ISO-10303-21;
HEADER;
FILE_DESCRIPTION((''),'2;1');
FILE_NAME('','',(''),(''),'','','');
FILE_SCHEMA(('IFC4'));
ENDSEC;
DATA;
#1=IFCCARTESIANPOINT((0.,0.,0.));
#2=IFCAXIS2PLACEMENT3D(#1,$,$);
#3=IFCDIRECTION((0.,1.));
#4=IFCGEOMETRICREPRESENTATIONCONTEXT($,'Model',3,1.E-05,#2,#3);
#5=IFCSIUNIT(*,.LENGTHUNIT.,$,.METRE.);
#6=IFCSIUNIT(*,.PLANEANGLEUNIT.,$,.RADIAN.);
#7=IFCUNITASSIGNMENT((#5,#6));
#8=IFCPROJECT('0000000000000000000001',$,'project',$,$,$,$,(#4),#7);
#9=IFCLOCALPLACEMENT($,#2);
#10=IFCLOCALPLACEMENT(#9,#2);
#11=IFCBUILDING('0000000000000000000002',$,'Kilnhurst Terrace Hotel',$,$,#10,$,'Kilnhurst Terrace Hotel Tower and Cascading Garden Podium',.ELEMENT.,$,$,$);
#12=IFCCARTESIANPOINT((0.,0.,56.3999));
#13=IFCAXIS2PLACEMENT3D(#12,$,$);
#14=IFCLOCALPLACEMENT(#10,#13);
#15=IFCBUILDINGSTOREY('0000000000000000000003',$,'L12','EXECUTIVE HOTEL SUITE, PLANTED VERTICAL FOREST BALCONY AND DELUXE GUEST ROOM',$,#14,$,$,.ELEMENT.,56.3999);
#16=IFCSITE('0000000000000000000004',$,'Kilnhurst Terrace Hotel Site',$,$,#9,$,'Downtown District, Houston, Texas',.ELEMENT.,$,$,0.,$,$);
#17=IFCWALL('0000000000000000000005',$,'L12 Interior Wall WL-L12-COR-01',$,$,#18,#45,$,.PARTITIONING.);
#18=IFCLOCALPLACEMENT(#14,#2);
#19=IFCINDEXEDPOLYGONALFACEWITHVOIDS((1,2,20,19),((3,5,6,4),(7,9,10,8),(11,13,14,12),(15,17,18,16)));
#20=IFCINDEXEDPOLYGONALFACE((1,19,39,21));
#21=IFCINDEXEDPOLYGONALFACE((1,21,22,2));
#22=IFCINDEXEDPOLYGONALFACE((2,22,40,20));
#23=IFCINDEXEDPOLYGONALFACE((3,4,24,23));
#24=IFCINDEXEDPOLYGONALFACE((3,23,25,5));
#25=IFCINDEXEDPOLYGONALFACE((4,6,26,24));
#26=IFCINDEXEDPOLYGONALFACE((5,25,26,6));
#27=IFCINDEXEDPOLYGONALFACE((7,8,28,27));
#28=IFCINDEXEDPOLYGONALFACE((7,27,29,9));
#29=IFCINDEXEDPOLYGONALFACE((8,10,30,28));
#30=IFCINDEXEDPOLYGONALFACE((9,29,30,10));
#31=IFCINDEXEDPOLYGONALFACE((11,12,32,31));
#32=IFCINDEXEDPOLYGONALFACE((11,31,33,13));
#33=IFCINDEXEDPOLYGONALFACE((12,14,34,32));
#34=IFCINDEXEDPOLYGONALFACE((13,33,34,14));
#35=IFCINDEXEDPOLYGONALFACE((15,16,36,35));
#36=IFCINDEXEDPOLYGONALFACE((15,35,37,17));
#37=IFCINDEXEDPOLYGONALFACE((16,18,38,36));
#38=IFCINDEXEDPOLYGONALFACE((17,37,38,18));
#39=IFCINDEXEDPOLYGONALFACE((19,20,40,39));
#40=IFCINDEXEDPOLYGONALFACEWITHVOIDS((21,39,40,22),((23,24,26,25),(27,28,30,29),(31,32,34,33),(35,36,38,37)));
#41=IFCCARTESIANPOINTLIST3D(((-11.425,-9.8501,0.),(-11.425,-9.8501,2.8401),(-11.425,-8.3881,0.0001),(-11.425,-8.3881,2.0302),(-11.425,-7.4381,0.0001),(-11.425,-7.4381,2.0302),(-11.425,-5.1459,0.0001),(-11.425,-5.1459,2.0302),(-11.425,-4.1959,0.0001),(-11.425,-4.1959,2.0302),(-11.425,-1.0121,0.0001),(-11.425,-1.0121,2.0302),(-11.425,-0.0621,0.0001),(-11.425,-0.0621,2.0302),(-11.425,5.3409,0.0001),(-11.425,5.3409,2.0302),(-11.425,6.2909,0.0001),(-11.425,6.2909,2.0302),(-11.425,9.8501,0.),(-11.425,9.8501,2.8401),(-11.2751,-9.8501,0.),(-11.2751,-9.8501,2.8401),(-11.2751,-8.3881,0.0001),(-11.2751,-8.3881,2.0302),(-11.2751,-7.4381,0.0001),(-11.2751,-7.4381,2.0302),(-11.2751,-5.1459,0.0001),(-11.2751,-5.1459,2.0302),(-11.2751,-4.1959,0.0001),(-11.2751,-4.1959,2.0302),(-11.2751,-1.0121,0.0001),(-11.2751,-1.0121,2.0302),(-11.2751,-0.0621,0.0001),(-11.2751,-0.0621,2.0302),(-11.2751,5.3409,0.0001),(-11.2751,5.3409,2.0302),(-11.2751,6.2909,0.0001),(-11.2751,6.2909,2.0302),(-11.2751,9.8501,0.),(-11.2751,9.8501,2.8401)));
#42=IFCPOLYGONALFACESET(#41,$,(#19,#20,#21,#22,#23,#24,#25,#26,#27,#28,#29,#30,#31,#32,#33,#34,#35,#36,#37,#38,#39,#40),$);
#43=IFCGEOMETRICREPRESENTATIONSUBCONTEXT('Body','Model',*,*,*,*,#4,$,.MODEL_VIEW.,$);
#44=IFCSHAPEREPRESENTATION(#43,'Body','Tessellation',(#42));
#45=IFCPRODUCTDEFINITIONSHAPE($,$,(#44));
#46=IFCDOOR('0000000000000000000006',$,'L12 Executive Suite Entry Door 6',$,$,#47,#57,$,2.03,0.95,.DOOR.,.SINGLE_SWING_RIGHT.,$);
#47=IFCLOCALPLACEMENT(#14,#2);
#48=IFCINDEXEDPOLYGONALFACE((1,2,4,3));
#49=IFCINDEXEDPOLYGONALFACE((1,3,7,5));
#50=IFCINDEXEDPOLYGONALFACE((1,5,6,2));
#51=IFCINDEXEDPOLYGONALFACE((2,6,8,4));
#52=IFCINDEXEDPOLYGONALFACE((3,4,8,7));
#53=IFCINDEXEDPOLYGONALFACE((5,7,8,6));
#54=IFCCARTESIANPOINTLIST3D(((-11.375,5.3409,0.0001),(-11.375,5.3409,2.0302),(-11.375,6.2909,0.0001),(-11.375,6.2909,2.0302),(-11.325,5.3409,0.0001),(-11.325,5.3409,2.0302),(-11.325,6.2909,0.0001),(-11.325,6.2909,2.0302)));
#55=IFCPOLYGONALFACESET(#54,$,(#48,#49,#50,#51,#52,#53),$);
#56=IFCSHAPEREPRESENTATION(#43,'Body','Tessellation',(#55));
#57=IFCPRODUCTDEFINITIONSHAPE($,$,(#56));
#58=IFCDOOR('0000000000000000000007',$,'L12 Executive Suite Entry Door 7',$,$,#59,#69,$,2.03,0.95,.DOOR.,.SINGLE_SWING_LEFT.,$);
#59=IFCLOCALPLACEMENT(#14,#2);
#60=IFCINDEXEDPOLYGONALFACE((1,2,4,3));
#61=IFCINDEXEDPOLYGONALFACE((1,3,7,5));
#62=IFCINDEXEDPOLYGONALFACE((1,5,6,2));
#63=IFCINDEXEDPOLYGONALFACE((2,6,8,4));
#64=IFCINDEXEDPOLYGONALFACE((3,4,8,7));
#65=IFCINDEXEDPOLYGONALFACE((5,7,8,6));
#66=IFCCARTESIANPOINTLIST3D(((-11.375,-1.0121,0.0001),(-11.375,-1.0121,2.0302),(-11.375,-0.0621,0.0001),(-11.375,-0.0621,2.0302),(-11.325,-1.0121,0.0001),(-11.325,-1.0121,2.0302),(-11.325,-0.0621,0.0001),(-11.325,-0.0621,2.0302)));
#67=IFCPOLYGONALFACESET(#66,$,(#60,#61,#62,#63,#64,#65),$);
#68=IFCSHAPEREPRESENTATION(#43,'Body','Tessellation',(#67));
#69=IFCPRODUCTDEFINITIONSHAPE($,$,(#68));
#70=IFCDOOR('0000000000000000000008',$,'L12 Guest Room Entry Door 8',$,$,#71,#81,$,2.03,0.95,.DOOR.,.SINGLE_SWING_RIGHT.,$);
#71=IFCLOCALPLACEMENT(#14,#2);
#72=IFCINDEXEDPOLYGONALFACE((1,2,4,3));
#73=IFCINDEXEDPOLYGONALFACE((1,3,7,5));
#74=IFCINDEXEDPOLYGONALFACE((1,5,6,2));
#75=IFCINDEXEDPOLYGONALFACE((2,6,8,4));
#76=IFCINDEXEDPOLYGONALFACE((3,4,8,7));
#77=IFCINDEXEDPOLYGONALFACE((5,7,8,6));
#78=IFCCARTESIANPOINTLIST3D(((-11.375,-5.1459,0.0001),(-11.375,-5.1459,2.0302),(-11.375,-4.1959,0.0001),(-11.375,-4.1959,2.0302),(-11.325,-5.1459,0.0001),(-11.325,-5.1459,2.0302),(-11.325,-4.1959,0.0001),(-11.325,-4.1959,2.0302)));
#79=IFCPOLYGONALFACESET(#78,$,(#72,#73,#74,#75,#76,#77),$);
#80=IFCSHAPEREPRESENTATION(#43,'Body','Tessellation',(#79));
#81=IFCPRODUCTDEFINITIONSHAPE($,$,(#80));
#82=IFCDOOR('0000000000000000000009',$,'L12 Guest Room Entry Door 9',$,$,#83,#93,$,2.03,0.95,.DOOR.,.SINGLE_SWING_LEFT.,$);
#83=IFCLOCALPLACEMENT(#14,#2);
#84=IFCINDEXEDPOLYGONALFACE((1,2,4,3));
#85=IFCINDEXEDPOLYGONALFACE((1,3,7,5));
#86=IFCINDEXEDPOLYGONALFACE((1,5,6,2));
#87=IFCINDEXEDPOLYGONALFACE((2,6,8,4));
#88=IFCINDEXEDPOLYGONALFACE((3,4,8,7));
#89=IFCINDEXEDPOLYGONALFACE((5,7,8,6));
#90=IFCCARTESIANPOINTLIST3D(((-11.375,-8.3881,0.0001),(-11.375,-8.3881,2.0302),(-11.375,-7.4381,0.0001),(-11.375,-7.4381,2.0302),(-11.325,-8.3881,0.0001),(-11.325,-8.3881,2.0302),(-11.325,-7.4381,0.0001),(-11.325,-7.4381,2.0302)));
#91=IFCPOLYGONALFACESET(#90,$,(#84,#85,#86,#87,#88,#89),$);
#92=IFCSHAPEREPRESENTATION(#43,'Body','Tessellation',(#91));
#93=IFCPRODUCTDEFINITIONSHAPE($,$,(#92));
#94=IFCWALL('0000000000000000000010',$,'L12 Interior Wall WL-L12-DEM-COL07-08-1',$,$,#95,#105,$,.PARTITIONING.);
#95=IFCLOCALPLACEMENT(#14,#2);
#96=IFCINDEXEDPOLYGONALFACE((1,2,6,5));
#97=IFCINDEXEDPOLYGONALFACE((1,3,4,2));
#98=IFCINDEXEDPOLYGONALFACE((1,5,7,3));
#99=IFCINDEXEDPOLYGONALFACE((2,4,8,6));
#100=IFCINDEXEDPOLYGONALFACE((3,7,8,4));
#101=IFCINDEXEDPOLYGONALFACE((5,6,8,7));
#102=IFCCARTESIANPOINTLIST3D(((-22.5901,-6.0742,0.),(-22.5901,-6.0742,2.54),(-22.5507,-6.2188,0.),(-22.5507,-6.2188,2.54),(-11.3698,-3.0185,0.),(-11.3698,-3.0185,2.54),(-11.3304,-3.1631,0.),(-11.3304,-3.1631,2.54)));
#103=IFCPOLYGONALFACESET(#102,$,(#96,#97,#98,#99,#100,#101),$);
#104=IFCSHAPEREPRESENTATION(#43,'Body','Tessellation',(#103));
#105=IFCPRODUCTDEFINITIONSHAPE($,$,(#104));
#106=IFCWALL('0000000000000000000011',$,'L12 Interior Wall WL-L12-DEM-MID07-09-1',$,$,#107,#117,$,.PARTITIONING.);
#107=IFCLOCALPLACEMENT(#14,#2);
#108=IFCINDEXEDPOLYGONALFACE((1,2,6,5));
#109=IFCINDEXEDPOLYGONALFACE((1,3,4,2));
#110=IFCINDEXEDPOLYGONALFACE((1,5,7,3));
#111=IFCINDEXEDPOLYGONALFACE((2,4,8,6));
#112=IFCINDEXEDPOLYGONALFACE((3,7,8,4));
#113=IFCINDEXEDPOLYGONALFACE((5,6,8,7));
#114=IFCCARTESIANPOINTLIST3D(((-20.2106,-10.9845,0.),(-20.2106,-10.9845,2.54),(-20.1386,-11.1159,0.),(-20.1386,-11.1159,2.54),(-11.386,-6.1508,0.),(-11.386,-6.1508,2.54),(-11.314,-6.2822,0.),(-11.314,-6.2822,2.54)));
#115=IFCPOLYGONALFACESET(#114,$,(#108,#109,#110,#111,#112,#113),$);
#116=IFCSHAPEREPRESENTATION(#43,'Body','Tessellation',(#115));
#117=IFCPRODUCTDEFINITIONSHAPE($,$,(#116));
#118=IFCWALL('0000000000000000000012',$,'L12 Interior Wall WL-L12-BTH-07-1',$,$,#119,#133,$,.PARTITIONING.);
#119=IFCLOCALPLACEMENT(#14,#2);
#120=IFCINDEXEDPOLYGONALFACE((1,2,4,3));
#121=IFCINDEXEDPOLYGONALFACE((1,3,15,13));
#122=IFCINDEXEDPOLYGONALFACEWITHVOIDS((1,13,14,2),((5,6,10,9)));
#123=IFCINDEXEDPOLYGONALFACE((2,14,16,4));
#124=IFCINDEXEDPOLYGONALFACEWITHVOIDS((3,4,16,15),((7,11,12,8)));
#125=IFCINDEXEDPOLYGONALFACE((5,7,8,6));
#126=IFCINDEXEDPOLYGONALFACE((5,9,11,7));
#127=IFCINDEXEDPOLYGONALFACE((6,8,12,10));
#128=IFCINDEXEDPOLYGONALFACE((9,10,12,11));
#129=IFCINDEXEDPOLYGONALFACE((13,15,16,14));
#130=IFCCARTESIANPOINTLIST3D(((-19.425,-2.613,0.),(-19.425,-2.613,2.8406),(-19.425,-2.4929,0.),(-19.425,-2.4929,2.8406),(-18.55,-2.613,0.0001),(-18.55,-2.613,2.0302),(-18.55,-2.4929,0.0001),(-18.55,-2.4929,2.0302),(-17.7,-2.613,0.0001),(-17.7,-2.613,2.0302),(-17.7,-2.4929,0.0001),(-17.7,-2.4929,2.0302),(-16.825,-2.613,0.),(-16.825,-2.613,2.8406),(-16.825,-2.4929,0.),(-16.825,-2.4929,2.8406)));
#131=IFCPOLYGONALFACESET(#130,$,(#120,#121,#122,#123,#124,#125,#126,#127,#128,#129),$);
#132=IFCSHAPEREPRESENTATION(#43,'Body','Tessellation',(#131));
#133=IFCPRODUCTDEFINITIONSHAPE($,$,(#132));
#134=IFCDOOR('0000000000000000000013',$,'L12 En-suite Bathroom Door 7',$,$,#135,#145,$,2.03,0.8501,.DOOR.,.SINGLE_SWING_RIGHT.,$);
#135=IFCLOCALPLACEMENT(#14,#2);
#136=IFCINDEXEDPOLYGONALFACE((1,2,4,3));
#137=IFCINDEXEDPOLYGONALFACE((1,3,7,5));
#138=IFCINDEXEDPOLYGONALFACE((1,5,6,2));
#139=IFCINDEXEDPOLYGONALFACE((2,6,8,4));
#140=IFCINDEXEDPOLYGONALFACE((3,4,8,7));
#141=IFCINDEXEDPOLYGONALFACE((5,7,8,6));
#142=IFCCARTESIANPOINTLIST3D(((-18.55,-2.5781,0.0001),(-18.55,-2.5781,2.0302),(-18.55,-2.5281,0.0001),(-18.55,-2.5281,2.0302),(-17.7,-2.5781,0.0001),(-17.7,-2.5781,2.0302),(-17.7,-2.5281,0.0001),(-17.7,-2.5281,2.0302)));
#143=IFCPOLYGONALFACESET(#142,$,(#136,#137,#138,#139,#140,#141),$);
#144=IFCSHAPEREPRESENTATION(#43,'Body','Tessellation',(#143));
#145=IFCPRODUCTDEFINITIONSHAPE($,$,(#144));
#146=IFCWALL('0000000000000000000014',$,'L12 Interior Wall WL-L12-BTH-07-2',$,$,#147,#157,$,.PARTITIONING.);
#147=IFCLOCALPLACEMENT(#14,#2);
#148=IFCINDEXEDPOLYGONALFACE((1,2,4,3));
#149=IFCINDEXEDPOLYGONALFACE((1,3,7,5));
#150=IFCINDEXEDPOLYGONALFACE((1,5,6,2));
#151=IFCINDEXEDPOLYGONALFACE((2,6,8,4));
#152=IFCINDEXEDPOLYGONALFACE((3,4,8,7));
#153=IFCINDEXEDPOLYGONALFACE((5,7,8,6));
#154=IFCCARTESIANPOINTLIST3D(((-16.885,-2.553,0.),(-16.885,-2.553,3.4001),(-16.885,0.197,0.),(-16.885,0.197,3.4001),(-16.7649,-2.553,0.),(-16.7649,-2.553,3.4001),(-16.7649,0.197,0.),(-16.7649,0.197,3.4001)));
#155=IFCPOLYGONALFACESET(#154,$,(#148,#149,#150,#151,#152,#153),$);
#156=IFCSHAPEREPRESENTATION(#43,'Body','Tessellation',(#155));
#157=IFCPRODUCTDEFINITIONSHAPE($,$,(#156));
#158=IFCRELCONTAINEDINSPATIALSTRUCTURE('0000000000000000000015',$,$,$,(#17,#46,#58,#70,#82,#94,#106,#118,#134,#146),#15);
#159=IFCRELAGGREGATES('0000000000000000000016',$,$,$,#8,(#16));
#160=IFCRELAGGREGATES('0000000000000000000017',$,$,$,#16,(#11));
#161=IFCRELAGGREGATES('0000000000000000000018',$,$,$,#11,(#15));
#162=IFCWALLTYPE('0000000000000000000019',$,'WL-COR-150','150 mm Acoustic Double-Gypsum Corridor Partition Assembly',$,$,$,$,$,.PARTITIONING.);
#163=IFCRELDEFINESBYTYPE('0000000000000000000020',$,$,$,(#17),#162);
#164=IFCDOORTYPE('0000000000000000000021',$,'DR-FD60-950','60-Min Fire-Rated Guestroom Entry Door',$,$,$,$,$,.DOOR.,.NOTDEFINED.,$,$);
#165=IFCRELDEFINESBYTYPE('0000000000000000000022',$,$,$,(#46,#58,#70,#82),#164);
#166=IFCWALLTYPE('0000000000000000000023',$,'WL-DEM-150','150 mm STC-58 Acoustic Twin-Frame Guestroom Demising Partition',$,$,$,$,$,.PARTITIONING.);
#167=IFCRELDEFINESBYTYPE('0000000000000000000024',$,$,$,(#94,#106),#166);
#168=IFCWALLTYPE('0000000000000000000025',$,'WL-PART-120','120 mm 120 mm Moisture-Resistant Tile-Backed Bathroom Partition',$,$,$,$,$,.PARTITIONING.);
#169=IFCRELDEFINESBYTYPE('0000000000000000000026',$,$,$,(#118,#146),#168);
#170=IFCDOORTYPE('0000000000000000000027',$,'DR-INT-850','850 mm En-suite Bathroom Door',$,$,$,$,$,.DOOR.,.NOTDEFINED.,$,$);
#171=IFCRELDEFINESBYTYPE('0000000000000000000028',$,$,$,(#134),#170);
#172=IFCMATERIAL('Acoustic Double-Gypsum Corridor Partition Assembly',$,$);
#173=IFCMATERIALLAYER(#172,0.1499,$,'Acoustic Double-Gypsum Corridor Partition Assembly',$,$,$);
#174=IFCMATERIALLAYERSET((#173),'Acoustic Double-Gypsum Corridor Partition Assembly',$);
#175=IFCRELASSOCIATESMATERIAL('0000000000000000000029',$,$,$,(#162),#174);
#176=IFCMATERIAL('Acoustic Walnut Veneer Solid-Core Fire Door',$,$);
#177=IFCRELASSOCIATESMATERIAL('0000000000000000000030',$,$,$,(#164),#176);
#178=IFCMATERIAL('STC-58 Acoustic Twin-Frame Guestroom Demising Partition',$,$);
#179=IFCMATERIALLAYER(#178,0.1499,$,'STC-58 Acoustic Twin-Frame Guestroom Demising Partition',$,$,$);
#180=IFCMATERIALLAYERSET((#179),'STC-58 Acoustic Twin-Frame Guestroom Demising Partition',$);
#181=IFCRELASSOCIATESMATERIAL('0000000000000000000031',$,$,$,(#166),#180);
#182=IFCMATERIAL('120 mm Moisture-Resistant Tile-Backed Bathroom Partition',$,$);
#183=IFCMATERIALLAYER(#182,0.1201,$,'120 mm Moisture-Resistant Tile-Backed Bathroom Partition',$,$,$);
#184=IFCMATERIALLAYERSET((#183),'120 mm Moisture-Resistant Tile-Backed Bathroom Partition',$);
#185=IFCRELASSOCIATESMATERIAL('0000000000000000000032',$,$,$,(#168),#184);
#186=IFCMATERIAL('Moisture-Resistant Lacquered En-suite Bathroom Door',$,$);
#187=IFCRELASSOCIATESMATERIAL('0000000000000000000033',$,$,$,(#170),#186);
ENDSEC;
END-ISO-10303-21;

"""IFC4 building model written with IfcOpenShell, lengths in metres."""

from ifc_helpers import new_model, si_unit, direction, frame, frame_2d, origin, place, context, subcontext, project, spatial, rectangle, extrude, material, layer, layer_set, type_object, element, fill, save


model = new_model("IFC4")

# Units and contexts
model_context = context("Model", 3, precision=1e-05, world=origin(), true_north=direction((0.0, 1.0)))
body_context = subcontext(model_context, "Body", "Model", "MODEL_VIEW")
ifc_project = project(units=[si_unit("LENGTHUNIT", "METRE"), si_unit("PLANEANGLEUNIT", "RADIAN")], contexts=[model_context])

# Site, building, storey
site_placement = place(None, origin())
site = spatial("IfcSite", under=ifc_project, at=site_placement, Name="Kilnhurst Terrace Hotel Site", LongName="Downtown District, Houston, Texas", CompositionType="ELEMENT", RefElevation=0.0)
building_placement = place(site_placement, origin())
building = spatial("IfcBuilding", under=site, at=building_placement, Name="Kilnhurst Terrace Hotel", LongName="Kilnhurst Terrace Hotel Tower and Cascading Garden Podium", CompositionType="ELEMENT")
storey_placement = place(building_placement, frame((0.0, 0.0, 56.3999)))
storey = spatial("IfcBuildingStorey", under=building, at=storey_placement, Name="L12", Description="EXECUTIVE HOTEL SUITE, PLANTED VERTICAL FOREST BALCONY AND DELUXE GUEST ROOM", CompositionType="ELEMENT", Elevation=56.3999)

# Wall, openings, doors
ifc_material_1 = material(Name="Acoustic Double-Gypsum Corridor Partition Assembly")
ifc_layer_1 = layer(ifc_material_1, 0.1499, Name="Acoustic Double-Gypsum Corridor Partition Assembly")
ifc_layer_set_1 = layer_set([ifc_layer_1], Name="Acoustic Double-Gypsum Corridor Partition Assembly")
wall_type_1 = type_object("IfcWallType", Name="WL-COR-150", Description="150 mm Acoustic Double-Gypsum Corridor Partition Assembly", PredefinedType="PARTITIONING", material=ifc_layer_set_1)
wall_1_placement = place(storey_placement, frame((-11.3501, -9.8501, 0.0), z_axis=(0.0, 0.0, 1.0), x_axis=(0.0, 1.0, 0.0)))
wall_1 = element("IfcWall", 1, at=wall_1_placement, inside=storey, type_object=wall_type_1, Name="L12 Interior Wall WL-L12-COR-01", PredefinedType="PARTITIONING", context=body_context, shape_type="SweptSolid", body=[
    extrude(rectangle(XDim=19.7002, YDim=0.1499, at=frame_2d((9.8501, 0.0))), origin(), (0.0, 0.0, 1.0), 2.8401),
])
opening_1_placement = place(wall_1_placement, frame((15.1909, 0.0, 0.0)))
opening_1 = element("IfcOpeningElement", 2, at=opening_1_placement, cuts=wall_1, PredefinedType="OPENING", context=body_context, shape_type="SweptSolid", body=[
    extrude(rectangle(XDim=0.95, YDim=2.03, at=frame_2d((0.4751, 1.0151))), frame((0.0, 0.085, 0.0), z_axis=(0.0, -1.0, 0.0), x_axis=(1.0, 0.0, 0.0)), (0.0, 0.0, 1.0), 0.1699),
])
opening_2_placement = place(wall_1_placement, frame((8.8379, 0.0, 0.0)))
opening_2 = element("IfcOpeningElement", 3, at=opening_2_placement, cuts=wall_1, PredefinedType="OPENING", context=body_context, shape_type="SweptSolid", body=[
    extrude(rectangle(XDim=0.95, YDim=2.03, at=frame_2d((0.4751, 1.0151))), frame((0.0, 0.085, 0.0), z_axis=(0.0, -1.0, 0.0), x_axis=(1.0, 0.0, 0.0)), (0.0, 0.0, 1.0), 0.1699),
])
opening_3_placement = place(wall_1_placement, frame((4.7041, 0.0, 0.0)))
opening_3 = element("IfcOpeningElement", 4, at=opening_3_placement, cuts=wall_1, PredefinedType="OPENING", context=body_context, shape_type="SweptSolid", body=[
    extrude(rectangle(XDim=0.95, YDim=2.03, at=frame_2d((0.4751, 1.0151))), frame((0.0, 0.085, 0.0), z_axis=(0.0, -1.0, 0.0), x_axis=(1.0, 0.0, 0.0)), (0.0, 0.0, 1.0), 0.1699),
])
opening_4_placement = place(wall_1_placement, frame((1.4619, 0.0, 0.0)))
opening_4 = element("IfcOpeningElement", 5, at=opening_4_placement, cuts=wall_1, PredefinedType="OPENING", context=body_context, shape_type="SweptSolid", body=[
    extrude(rectangle(XDim=0.95, YDim=2.03, at=frame_2d((0.4751, 1.0151))), frame((0.0, 0.085, 0.0), z_axis=(0.0, -1.0, 0.0), x_axis=(1.0, 0.0, 0.0)), (0.0, 0.0, 1.0), 0.1699),
])
ifc_material_2 = material(Name="Acoustic Walnut Veneer Solid-Core Fire Door")
door_type_1 = type_object("IfcDoorType", Name="DR-FD60-950", Description="60-Min Fire-Rated Guestroom Entry Door", OperationType="NOTDEFINED", PredefinedType="DOOR", material=ifc_material_2)
door_1_placement = place(opening_1_placement, origin())
door_1 = element("IfcDoor", 6, at=door_1_placement, inside=storey, type_object=door_type_1, Name="L12 Executive Suite Entry Door 6", OperationType="SINGLE_SWING_RIGHT", OverallHeight=2.03, OverallWidth=0.95, PredefinedType="DOOR", context=body_context, shape_type="SweptSolid", body=[
    extrude(rectangle(XDim=0.95, YDim=2.03, at=frame_2d((0.4751, 1.0151))), frame((0.0, 0.0249, 0.0), z_axis=(0.0, -1.0, 0.0), x_axis=(1.0, 0.0, 0.0)), (0.0, 0.0, 1.0), 0.05),
])
fill(opening_1, door_1)
door_2_placement = place(opening_2_placement, origin())
door_2 = element("IfcDoor", 7, at=door_2_placement, inside=storey, type_object=door_type_1, Name="L12 Executive Suite Entry Door 7", OperationType="SINGLE_SWING_LEFT", OverallHeight=2.03, OverallWidth=0.95, PredefinedType="DOOR", context=body_context, shape_type="SweptSolid", body=[
    extrude(rectangle(XDim=0.95, YDim=2.03, at=frame_2d((0.4751, 1.0151))), frame((0.0, 0.0249, 0.0), z_axis=(0.0, -1.0, 0.0), x_axis=(1.0, 0.0, 0.0)), (0.0, 0.0, 1.0), 0.05),
])
fill(opening_2, door_2)
door_3_placement = place(opening_3_placement, origin())
door_3 = element("IfcDoor", 8, at=door_3_placement, inside=storey, type_object=door_type_1, Name="L12 Guest Room Entry Door 8", OperationType="SINGLE_SWING_RIGHT", OverallHeight=2.03, OverallWidth=0.95, PredefinedType="DOOR", context=body_context, shape_type="SweptSolid", body=[
    extrude(rectangle(XDim=0.95, YDim=2.03, at=frame_2d((0.4751, 1.0151))), frame((0.0, 0.0249, 0.0), z_axis=(0.0, -1.0, 0.0), x_axis=(1.0, 0.0, 0.0)), (0.0, 0.0, 1.0), 0.05),
])
fill(opening_3, door_3)
door_4_placement = place(opening_4_placement, origin())
door_4 = element("IfcDoor", 9, at=door_4_placement, inside=storey, type_object=door_type_1, Name="L12 Guest Room Entry Door 9", OperationType="SINGLE_SWING_LEFT", OverallHeight=2.03, OverallWidth=0.95, PredefinedType="DOOR", context=body_context, shape_type="SweptSolid", body=[
    extrude(rectangle(XDim=0.95, YDim=2.03, at=frame_2d((0.4751, 1.0151))), frame((0.0, 0.0249, 0.0), z_axis=(0.0, -1.0, 0.0), x_axis=(1.0, 0.0, 0.0)), (0.0, 0.0, 1.0), 0.05),
])
fill(opening_4, door_4)

# Walls
ifc_material_3 = material(Name="STC-58 Acoustic Twin-Frame Guestroom Demising Partition")
ifc_layer_2 = layer(ifc_material_3, 0.1499, Name="STC-58 Acoustic Twin-Frame Guestroom Demising Partition")
ifc_layer_set_2 = layer_set([ifc_layer_2], Name="STC-58 Acoustic Twin-Frame Guestroom Demising Partition")
wall_type_2 = type_object("IfcWallType", Name="WL-DEM-150", Description="150 mm STC-58 Acoustic Twin-Frame Guestroom Demising Partition", PredefinedType="PARTITIONING", material=ifc_layer_set_2)
wall_2_placement = place(storey_placement, frame((-11.3501, -3.0908, 0.0), z_axis=(0.0, 0.0, 1.0), x_axis=(-0.96486, -0.262766, 0.0)))
element("IfcWall", 10, at=wall_2_placement, inside=storey, type_object=wall_type_2, Name="L12 Interior Wall WL-L12-DEM-COL07-08-1", PredefinedType="PARTITIONING", context=body_context, shape_type="SweptSolid", body=[
    extrude(rectangle(XDim=11.6289, YDim=0.1499, at=frame_2d((5.8145, 0.0))), origin(), (0.0, 0.0, 1.0), 2.54),
])
wall_3_placement = place(storey_placement, frame((-11.3501, -6.2166, 0.0), z_axis=(0.0, 0.0, 1.0), x_axis=(-0.877048, -0.480404, 0.0)))
element("IfcWall", 11, at=wall_3_placement, inside=storey, type_object=wall_type_2, Name="L12 Interior Wall WL-L12-DEM-MID07-09-1", PredefinedType="PARTITIONING", context=body_context, shape_type="SweptSolid", body=[
    extrude(rectangle(XDim=10.0618, YDim=0.1499, at=frame_2d((5.0308, 0.0))), origin(), (0.0, 0.0, 1.0), 2.54),
])

# Wall, opening, door
ifc_material_4 = material(Name="120 mm Moisture-Resistant Tile-Backed Bathroom Partition")
ifc_layer_3 = layer(ifc_material_4, 0.1201, Name="120 mm Moisture-Resistant Tile-Backed Bathroom Partition")
ifc_layer_set_3 = layer_set([ifc_layer_3], Name="120 mm Moisture-Resistant Tile-Backed Bathroom Partition")
wall_type_3 = type_object("IfcWallType", Name="WL-PART-120", Description="120 mm 120 mm Moisture-Resistant Tile-Backed Bathroom Partition", PredefinedType="PARTITIONING", material=ifc_layer_set_3)
wall_4_placement = place(storey_placement, frame((-19.425, -2.553, 0.0), z_axis=(0.0, 0.0, 1.0), x_axis=(1.0, 0.0, 0.0)))
wall_4 = element("IfcWall", 12, at=wall_4_placement, inside=storey, type_object=wall_type_3, Name="L12 Interior Wall WL-L12-BTH-07-1", PredefinedType="PARTITIONING", context=body_context, shape_type="SweptSolid", body=[
    extrude(rectangle(XDim=2.6001, YDim=0.1201, at=frame_2d((1.3, 0.0))), origin(), (0.0, 0.0, 1.0), 2.8406),
])
opening_5_placement = place(wall_4_placement, frame((0.875, 0.0, 0.0)))
opening_5 = element("IfcOpeningElement", 13, at=opening_5_placement, cuts=wall_4, PredefinedType="OPENING", context=body_context, shape_type="SweptSolid", body=[
    extrude(rectangle(XDim=0.8501, YDim=2.03, at=frame_2d((0.425, 1.0151))), frame((0.0, 0.0701, 0.0), z_axis=(0.0, -1.0, 0.0), x_axis=(1.0, 0.0, 0.0)), (0.0, 0.0, 1.0), 0.1401),
])
ifc_material_5 = material(Name="Moisture-Resistant Lacquered En-suite Bathroom Door")
door_type_2 = type_object("IfcDoorType", Name="DR-INT-850", Description="850 mm En-suite Bathroom Door", OperationType="NOTDEFINED", PredefinedType="DOOR", material=ifc_material_5)
door_5_placement = place(opening_5_placement, origin())
door_5 = element("IfcDoor", 14, at=door_5_placement, inside=storey, type_object=door_type_2, Name="L12 En-suite Bathroom Door 7", OperationType="SINGLE_SWING_RIGHT", OverallHeight=2.03, OverallWidth=0.8501, PredefinedType="DOOR", context=body_context, shape_type="SweptSolid", body=[
    extrude(rectangle(XDim=0.8501, YDim=2.03, at=frame_2d((0.425, 1.0151))), frame((0.0, 0.0249, 0.0), z_axis=(0.0, -1.0, 0.0), x_axis=(1.0, 0.0, 0.0)), (0.0, 0.0, 1.0), 0.05),
])
fill(opening_5, door_5)

# Wall
wall_5_placement = place(storey_placement, frame((-16.825, -2.553, 0.0), z_axis=(0.0, 0.0, 1.0), x_axis=(0.0, 1.0, 0.0)))
element("IfcWall", 15, at=wall_5_placement, inside=storey, type_object=wall_type_3, Name="L12 Interior Wall WL-L12-BTH-07-2", PredefinedType="PARTITIONING", context=body_context, shape_type="SweptSolid", body=[
    extrude(rectangle(XDim=2.75, YDim=0.1201, at=frame_2d((1.375, 0.0))), origin(), (0.0, 0.0, 1.0), 3.4001),
])

save(model, "model.ifc")
